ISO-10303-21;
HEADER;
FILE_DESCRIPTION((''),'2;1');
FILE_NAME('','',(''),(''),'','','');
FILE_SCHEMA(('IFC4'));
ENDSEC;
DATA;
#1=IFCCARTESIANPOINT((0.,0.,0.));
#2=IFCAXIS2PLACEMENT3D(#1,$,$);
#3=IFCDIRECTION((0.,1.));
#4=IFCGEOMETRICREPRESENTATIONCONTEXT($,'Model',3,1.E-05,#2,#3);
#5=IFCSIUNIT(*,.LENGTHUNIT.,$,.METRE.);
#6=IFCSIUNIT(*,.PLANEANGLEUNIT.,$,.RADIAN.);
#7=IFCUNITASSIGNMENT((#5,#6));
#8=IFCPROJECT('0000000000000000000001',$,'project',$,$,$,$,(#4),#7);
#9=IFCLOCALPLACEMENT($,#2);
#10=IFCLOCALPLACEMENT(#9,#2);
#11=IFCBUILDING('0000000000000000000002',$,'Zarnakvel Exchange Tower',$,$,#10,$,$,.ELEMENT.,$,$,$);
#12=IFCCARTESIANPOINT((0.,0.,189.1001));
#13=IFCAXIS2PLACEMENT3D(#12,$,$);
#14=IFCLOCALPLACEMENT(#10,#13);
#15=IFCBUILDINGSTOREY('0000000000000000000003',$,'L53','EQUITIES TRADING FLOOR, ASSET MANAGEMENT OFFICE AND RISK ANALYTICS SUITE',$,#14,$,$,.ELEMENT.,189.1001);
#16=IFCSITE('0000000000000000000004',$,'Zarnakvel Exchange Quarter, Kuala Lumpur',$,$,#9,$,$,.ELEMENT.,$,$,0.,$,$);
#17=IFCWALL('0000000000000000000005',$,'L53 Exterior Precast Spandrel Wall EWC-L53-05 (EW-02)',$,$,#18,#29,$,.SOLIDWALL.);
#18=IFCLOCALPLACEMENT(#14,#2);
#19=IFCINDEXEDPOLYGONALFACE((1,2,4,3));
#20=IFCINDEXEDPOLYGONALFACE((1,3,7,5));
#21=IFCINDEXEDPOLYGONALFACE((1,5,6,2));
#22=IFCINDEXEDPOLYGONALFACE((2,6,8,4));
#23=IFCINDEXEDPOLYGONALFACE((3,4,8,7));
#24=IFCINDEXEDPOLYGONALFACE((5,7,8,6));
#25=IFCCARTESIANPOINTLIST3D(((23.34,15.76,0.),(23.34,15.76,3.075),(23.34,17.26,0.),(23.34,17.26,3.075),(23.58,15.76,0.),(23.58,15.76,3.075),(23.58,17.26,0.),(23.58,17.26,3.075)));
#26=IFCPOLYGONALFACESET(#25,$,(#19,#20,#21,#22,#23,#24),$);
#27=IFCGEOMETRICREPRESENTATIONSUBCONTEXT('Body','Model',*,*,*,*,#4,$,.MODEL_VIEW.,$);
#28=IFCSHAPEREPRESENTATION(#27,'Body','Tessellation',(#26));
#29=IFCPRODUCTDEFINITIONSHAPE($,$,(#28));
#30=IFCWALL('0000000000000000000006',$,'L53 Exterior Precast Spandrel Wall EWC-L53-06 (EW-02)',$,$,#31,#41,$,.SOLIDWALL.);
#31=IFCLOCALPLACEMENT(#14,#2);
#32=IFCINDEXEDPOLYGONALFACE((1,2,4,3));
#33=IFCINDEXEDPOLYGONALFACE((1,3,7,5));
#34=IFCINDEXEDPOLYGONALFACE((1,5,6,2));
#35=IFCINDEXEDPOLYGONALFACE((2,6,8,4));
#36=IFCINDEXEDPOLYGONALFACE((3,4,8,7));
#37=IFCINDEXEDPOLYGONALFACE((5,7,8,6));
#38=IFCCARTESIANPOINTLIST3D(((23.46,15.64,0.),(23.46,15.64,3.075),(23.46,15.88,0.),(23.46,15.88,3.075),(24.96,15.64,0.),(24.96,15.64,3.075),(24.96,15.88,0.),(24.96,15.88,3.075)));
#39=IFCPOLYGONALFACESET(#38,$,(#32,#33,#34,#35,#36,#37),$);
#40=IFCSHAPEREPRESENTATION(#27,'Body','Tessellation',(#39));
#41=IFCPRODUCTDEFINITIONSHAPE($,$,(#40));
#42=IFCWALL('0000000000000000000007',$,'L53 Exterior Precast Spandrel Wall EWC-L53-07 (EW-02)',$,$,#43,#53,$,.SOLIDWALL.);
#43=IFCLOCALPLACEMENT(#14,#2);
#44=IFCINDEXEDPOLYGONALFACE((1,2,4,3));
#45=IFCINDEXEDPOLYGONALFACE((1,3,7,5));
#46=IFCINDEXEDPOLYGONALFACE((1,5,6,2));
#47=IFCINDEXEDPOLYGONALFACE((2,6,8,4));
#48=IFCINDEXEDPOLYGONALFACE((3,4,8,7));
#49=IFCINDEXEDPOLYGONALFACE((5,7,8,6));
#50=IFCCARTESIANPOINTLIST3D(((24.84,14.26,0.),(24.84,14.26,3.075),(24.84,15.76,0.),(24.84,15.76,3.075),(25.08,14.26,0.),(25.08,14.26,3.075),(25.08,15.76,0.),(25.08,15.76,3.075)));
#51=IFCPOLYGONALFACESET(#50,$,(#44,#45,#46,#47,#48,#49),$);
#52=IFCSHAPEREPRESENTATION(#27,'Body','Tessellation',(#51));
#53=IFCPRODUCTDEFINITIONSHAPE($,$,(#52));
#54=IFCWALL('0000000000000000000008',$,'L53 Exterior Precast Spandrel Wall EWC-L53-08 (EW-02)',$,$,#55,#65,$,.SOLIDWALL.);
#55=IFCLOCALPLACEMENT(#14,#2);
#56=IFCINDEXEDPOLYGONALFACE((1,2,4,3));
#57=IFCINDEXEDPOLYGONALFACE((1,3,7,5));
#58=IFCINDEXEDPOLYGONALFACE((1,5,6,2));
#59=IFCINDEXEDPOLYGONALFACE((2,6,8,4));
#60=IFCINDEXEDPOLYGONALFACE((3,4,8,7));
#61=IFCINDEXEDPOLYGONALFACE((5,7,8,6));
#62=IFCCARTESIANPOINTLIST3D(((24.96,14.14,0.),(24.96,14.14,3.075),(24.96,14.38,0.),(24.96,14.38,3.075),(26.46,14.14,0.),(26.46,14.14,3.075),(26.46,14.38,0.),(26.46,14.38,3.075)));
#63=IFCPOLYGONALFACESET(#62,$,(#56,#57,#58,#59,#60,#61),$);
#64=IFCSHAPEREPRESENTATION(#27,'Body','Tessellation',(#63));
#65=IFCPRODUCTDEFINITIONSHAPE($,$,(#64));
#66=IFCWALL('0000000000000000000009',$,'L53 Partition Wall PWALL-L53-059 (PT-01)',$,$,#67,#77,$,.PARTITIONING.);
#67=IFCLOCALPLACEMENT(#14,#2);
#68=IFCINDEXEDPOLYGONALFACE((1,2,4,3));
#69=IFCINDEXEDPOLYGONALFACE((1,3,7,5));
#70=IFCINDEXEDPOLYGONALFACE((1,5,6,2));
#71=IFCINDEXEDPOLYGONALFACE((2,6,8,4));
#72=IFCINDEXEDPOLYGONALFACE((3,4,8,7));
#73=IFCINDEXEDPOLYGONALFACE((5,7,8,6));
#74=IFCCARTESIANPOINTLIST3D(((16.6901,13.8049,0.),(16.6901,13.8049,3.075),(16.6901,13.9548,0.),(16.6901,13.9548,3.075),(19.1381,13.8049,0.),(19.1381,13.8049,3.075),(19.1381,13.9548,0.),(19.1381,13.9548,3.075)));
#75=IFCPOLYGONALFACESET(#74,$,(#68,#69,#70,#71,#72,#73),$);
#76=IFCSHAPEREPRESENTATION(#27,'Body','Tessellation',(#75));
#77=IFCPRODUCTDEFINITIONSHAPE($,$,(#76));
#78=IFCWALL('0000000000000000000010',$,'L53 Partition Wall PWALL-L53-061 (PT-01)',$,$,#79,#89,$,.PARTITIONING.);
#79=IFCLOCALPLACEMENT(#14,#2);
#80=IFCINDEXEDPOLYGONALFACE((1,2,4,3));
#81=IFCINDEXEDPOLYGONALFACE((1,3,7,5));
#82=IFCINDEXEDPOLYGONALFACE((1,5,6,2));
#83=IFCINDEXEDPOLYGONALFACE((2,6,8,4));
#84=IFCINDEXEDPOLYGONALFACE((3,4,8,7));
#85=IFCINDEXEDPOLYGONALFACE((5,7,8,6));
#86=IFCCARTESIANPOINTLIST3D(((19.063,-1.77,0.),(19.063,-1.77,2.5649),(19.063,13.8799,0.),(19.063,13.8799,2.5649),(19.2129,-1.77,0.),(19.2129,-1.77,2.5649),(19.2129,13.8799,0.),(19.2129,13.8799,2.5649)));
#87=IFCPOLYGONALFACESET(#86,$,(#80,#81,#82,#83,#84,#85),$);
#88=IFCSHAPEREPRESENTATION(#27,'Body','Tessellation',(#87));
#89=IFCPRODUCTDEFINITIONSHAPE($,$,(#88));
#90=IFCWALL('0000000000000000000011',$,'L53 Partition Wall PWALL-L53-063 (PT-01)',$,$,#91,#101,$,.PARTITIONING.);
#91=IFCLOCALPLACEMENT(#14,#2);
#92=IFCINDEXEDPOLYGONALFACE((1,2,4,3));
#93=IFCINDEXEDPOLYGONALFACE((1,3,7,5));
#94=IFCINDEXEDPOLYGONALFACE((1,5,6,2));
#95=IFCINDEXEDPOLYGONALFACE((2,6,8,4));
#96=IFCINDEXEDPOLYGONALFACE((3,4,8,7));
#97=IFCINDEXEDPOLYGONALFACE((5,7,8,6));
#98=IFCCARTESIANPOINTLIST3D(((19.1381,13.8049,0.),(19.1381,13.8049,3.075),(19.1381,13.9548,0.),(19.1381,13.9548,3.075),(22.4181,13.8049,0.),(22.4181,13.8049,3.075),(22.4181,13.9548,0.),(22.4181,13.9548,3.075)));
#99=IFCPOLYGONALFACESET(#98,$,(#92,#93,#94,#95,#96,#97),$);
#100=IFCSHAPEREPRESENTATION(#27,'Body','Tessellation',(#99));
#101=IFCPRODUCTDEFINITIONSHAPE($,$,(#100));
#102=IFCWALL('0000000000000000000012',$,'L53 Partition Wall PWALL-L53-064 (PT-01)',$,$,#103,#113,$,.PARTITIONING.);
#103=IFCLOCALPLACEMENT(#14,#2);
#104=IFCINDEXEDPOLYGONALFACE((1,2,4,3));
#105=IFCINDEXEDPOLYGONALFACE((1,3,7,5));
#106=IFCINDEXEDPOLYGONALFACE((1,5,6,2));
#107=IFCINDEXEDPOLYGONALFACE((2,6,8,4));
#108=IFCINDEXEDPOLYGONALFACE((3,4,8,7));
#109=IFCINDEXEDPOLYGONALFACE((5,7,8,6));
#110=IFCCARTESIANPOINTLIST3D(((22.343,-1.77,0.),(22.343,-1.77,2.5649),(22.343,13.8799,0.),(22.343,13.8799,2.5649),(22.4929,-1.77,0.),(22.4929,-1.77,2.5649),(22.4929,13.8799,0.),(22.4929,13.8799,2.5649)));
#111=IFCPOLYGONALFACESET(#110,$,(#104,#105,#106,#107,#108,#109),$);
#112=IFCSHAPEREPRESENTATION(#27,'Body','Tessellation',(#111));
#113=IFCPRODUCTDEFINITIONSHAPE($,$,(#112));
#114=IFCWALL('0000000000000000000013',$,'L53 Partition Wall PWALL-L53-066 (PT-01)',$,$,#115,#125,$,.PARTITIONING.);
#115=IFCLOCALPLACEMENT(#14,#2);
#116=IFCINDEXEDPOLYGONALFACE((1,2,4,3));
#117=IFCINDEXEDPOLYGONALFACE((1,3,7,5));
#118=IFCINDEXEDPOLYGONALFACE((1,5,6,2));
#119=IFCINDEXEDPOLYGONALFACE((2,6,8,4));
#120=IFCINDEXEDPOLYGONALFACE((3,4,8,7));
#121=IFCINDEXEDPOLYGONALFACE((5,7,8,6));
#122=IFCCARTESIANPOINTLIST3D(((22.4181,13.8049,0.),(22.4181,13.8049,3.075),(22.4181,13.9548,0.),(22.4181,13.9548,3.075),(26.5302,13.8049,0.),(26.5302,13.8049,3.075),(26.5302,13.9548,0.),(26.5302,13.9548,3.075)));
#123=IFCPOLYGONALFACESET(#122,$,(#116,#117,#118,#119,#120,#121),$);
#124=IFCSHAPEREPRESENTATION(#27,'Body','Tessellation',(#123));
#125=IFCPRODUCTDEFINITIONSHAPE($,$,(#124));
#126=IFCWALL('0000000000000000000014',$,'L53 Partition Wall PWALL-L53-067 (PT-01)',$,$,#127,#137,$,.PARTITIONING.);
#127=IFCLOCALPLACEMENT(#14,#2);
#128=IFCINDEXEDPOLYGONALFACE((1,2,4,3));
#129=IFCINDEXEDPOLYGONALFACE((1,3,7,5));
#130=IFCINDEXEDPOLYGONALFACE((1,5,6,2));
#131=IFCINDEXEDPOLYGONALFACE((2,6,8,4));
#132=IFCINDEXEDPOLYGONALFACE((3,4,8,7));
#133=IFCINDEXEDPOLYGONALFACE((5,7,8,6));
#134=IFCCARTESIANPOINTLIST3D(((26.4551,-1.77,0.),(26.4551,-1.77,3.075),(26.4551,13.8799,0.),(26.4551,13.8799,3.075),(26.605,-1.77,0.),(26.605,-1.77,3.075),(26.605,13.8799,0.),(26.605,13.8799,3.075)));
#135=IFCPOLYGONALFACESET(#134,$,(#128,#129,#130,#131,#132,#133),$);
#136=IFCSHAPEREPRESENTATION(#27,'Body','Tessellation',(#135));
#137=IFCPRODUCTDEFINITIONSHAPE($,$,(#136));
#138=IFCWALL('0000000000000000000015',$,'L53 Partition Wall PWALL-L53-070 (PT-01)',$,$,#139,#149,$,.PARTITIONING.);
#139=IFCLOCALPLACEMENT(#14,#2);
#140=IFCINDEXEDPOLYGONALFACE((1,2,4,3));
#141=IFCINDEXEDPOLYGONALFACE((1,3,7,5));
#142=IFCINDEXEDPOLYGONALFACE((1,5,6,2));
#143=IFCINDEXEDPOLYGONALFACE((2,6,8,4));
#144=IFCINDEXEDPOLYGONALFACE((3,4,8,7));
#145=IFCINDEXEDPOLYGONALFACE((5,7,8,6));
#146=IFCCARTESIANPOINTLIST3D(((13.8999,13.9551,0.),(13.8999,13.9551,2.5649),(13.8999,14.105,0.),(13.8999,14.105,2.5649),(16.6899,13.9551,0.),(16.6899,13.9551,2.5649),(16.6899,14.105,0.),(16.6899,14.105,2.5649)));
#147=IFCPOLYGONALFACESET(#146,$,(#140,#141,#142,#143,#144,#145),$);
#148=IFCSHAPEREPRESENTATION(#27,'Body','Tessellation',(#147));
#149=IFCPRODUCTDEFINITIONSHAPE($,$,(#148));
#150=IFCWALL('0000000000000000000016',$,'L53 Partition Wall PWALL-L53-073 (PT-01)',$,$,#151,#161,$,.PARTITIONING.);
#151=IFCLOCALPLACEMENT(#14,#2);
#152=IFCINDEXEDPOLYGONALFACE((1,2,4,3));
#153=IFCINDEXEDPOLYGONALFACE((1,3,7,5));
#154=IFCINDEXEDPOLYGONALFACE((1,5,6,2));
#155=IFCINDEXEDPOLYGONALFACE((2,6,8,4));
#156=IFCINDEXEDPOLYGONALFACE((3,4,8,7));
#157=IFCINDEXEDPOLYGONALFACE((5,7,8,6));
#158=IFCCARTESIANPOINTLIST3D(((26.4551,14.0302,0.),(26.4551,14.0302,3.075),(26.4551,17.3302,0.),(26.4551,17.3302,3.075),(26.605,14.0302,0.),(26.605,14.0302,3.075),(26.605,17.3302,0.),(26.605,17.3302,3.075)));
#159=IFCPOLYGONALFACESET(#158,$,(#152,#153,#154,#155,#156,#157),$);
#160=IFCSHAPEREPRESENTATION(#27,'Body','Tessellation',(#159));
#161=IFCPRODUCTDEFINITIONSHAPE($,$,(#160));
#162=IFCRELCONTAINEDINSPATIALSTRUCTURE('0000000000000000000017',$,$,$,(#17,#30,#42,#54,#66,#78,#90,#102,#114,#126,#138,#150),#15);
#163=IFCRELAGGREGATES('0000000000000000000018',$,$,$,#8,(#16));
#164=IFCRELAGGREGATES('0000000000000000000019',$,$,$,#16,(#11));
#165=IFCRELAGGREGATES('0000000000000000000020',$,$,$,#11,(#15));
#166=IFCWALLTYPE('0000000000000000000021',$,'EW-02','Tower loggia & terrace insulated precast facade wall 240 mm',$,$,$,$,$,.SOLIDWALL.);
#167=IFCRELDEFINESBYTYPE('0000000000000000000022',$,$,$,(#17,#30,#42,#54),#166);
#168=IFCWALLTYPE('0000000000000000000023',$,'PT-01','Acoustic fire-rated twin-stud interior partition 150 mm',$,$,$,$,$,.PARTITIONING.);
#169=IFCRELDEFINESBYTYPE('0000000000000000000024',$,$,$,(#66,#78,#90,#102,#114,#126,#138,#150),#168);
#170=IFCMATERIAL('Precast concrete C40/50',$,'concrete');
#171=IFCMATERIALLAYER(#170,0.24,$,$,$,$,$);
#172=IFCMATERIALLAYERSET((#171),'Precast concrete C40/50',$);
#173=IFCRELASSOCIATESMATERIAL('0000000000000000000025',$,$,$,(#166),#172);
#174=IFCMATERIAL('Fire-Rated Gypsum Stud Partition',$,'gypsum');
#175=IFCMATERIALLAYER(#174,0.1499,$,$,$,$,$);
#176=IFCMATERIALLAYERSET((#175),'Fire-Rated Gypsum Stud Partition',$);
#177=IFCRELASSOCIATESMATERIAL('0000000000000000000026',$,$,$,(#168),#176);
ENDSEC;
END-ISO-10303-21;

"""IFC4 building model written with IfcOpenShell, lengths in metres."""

from ifc_helpers import new_model, si_unit, direction, frame, frame_2d, origin, place, context, subcontext, project, spatial, rectangle, extrude, material, layer, layer_set, type_object, element, save


model = new_model("IFC4")

# Units and contexts
model_context = context("Model", 3, precision=1e-05, world=origin(), true_north=direction((0.0, 1.0)))
body_context = subcontext(model_context, "Body", "Model", "MODEL_VIEW")
ifc_project = project(units=[si_unit("LENGTHUNIT", "METRE"), si_unit("PLANEANGLEUNIT", "RADIAN")], contexts=[model_context])

# Site, building, storey
site_placement = place(None, origin())
site = spatial("IfcSite", under=ifc_project, at=site_placement, Name="Zarnakvel Exchange Quarter, Kuala Lumpur", CompositionType="ELEMENT", RefElevation=0.0)
building_placement = place(site_placement, origin())
building = spatial("IfcBuilding", under=site, at=building_placement, Name="Zarnakvel Exchange Tower", CompositionType="ELEMENT")
storey_placement = place(building_placement, frame((0.0, 0.0, 189.1001)))
storey = spatial("IfcBuildingStorey", under=building, at=storey_placement, Name="L53", Description="EQUITIES TRADING FLOOR, ASSET MANAGEMENT OFFICE AND RISK ANALYTICS SUITE", CompositionType="ELEMENT", Elevation=189.1001)

# Walls
ifc_material_1 = material(Name="Precast concrete C40/50", Category="concrete")
ifc_layer_1 = layer(ifc_material_1, 0.24)
ifc_layer_set_1 = layer_set([ifc_layer_1], Name="Precast concrete C40/50")
wall_type_1 = type_object("IfcWallType", Name="EW-02", Description="Tower loggia & terrace insulated precast facade wall 240 mm", PredefinedType="SOLIDWALL", material=ifc_layer_set_1)
for number, where, z_axis, x_axis, name in (
    (1, (23.46, 15.76, 0.0), (0.0, 0.0, 1.0), (0.0, 1.0, 0.0), "L53 Exterior Precast Spandrel Wall EWC-L53-05 (EW-02)"),
    (2, (24.96, 15.76, 0.0), (0.0, 0.0, 1.0), (-1.0, 0.0, 0.0), "L53 Exterior Precast Spandrel Wall EWC-L53-06 (EW-02)"),
    (3, (24.96, 14.26, 0.0), (0.0, 0.0, 1.0), (0.0, 1.0, 0.0), "L53 Exterior Precast Spandrel Wall EWC-L53-07 (EW-02)"),
    (4, (26.46, 14.26, 0.0), (0.0, 0.0, 1.0), (-1.0, 0.0, 0.0), "L53 Exterior Precast Spandrel Wall EWC-L53-08 (EW-02)"),
):
    element("IfcWall", number, at=place(storey_placement, frame(where, z_axis=z_axis, x_axis=x_axis)), inside=storey, type_object=wall_type_1, Name=name, PredefinedType="SOLIDWALL", context=body_context, shape_type="SweptSolid", body=[
        extrude(rectangle(XDim=1.5, YDim=0.24, at=frame_2d((0.75, 0.0))), origin(), (0.0, 0.0, 1.0), 3.075),
    ])
ifc_material_2 = material(Name="Fire-Rated Gypsum Stud Partition", Category="gypsum")
ifc_layer_2 = layer(ifc_material_2, 0.1499)
ifc_layer_set_2 = layer_set([ifc_layer_2], Name="Fire-Rated Gypsum Stud Partition")
wall_type_2 = type_object("IfcWallType", Name="PT-01", Description="Acoustic fire-rated twin-stud interior partition 150 mm", PredefinedType="PARTITIONING", material=ifc_layer_set_2)
wall_1_placement = place(storey_placement, frame((16.6899, 13.8799, 0.0), z_axis=(0.0, 0.0, 1.0), x_axis=(1.0, 0.0, 0.0)))
element("IfcWall", 5, at=wall_1_placement, inside=storey, type_object=wall_type_2, Name="L53 Partition Wall PWALL-L53-059 (PT-01)", PredefinedType="PARTITIONING", context=body_context, shape_type="SweptSolid", body=[
    extrude(rectangle(XDim=2.448, YDim=0.1499, at=frame_2d((1.2241, 0.0))), origin(), (0.0, 0.0, 1.0), 3.075),
])
wall_2_placement = place(storey_placement, frame((19.1379, 13.8799, 0.0), z_axis=(0.0, 0.0, 1.0), x_axis=(0.0, -1.0, 0.0)))
element("IfcWall", 6, at=wall_2_placement, inside=storey, type_object=wall_type_2, Name="L53 Partition Wall PWALL-L53-061 (PT-01)", PredefinedType="PARTITIONING", context=body_context, shape_type="SweptSolid", body=[
    extrude(rectangle(XDim=15.6499, YDim=0.1499, at=frame_2d((7.825, 0.0))), origin(), (0.0, 0.0, 1.0), 2.5649),
])
wall_3_placement = place(storey_placement, frame((19.1379, 13.8799, 0.0), z_axis=(0.0, 0.0, 1.0), x_axis=(1.0, 0.0, 0.0)))
element("IfcWall", 7, at=wall_3_placement, inside=storey, type_object=wall_type_2, Name="L53 Partition Wall PWALL-L53-063 (PT-01)", PredefinedType="PARTITIONING", context=body_context, shape_type="SweptSolid", body=[
    extrude(rectangle(XDim=3.28, YDim=0.1499, at=frame_2d((1.6401, 0.0))), origin(), (0.0, 0.0, 1.0), 3.075),
])
wall_4_placement = place(storey_placement, frame((22.418, 13.8799, 0.0), z_axis=(0.0, 0.0, 1.0), x_axis=(0.0, -1.0, 0.0)))
element("IfcWall", 8, at=wall_4_placement, inside=storey, type_object=wall_type_2, Name="L53 Partition Wall PWALL-L53-064 (PT-01)", PredefinedType="PARTITIONING", context=body_context, shape_type="SweptSolid", body=[
    extrude(rectangle(XDim=15.6499, YDim=0.1499, at=frame_2d((7.825, 0.0))), origin(), (0.0, 0.0, 1.0), 2.5649),
])
wall_5_placement = place(storey_placement, frame((22.418, 13.8799, 0.0), z_axis=(0.0, 0.0, 1.0), x_axis=(1.0, 0.0, 0.0)))
element("IfcWall", 9, at=wall_5_placement, inside=storey, type_object=wall_type_2, Name="L53 Partition Wall PWALL-L53-066 (PT-01)", PredefinedType="PARTITIONING", context=body_context, shape_type="SweptSolid", body=[
    extrude(rectangle(XDim=4.1121, YDim=0.1499, at=frame_2d((2.0562, 0.0))), origin(), (0.0, 0.0, 1.0), 3.075),
])
wall_6_placement = place(storey_placement, frame((26.53, 13.8799, 0.0), z_axis=(0.0, 0.0, 1.0), x_axis=(0.0, -1.0, 0.0)))
element("IfcWall", 10, at=wall_6_placement, inside=storey, type_object=wall_type_2, Name="L53 Partition Wall PWALL-L53-067 (PT-01)", PredefinedType="PARTITIONING", context=body_context, shape_type="SweptSolid", body=[
    extrude(rectangle(XDim=15.6499, YDim=0.1499, at=frame_2d((7.825, 0.0))), origin(), (0.0, 0.0, 1.0), 3.075),
])
wall_7_placement = place(storey_placement, frame((16.6899, 14.03, 0.0), z_axis=(0.0, 0.0, 1.0), x_axis=(-1.0, 0.0, 0.0)))
element("IfcWall", 11, at=wall_7_placement, inside=storey, type_object=wall_type_2, Name="L53 Partition Wall PWALL-L53-070 (PT-01)", PredefinedType="PARTITIONING", context=body_context, shape_type="SweptSolid", body=[
    extrude(rectangle(XDim=2.79, YDim=0.1499, at=frame_2d((1.395, 0.0))), origin(), (0.0, 0.0, 1.0), 2.5649),
])
wall_8_placement = place(storey_placement, frame((26.53, 17.3301, 0.0), z_axis=(0.0, 0.0, 1.0), x_axis=(0.0, -1.0, 0.0)))
element("IfcWall", 12, at=wall_8_placement, inside=storey, type_object=wall_type_2, Name="L53 Partition Wall PWALL-L53-073 (PT-01)", PredefinedType="PARTITIONING", context=body_context, shape_type="SweptSolid", body=[
    extrude(rectangle(XDim=3.3, YDim=0.1499, at=frame_2d((1.6499, 0.0))), origin(), (0.0, 0.0, 1.0), 3.075),
])

save(model, "model.ifc")
